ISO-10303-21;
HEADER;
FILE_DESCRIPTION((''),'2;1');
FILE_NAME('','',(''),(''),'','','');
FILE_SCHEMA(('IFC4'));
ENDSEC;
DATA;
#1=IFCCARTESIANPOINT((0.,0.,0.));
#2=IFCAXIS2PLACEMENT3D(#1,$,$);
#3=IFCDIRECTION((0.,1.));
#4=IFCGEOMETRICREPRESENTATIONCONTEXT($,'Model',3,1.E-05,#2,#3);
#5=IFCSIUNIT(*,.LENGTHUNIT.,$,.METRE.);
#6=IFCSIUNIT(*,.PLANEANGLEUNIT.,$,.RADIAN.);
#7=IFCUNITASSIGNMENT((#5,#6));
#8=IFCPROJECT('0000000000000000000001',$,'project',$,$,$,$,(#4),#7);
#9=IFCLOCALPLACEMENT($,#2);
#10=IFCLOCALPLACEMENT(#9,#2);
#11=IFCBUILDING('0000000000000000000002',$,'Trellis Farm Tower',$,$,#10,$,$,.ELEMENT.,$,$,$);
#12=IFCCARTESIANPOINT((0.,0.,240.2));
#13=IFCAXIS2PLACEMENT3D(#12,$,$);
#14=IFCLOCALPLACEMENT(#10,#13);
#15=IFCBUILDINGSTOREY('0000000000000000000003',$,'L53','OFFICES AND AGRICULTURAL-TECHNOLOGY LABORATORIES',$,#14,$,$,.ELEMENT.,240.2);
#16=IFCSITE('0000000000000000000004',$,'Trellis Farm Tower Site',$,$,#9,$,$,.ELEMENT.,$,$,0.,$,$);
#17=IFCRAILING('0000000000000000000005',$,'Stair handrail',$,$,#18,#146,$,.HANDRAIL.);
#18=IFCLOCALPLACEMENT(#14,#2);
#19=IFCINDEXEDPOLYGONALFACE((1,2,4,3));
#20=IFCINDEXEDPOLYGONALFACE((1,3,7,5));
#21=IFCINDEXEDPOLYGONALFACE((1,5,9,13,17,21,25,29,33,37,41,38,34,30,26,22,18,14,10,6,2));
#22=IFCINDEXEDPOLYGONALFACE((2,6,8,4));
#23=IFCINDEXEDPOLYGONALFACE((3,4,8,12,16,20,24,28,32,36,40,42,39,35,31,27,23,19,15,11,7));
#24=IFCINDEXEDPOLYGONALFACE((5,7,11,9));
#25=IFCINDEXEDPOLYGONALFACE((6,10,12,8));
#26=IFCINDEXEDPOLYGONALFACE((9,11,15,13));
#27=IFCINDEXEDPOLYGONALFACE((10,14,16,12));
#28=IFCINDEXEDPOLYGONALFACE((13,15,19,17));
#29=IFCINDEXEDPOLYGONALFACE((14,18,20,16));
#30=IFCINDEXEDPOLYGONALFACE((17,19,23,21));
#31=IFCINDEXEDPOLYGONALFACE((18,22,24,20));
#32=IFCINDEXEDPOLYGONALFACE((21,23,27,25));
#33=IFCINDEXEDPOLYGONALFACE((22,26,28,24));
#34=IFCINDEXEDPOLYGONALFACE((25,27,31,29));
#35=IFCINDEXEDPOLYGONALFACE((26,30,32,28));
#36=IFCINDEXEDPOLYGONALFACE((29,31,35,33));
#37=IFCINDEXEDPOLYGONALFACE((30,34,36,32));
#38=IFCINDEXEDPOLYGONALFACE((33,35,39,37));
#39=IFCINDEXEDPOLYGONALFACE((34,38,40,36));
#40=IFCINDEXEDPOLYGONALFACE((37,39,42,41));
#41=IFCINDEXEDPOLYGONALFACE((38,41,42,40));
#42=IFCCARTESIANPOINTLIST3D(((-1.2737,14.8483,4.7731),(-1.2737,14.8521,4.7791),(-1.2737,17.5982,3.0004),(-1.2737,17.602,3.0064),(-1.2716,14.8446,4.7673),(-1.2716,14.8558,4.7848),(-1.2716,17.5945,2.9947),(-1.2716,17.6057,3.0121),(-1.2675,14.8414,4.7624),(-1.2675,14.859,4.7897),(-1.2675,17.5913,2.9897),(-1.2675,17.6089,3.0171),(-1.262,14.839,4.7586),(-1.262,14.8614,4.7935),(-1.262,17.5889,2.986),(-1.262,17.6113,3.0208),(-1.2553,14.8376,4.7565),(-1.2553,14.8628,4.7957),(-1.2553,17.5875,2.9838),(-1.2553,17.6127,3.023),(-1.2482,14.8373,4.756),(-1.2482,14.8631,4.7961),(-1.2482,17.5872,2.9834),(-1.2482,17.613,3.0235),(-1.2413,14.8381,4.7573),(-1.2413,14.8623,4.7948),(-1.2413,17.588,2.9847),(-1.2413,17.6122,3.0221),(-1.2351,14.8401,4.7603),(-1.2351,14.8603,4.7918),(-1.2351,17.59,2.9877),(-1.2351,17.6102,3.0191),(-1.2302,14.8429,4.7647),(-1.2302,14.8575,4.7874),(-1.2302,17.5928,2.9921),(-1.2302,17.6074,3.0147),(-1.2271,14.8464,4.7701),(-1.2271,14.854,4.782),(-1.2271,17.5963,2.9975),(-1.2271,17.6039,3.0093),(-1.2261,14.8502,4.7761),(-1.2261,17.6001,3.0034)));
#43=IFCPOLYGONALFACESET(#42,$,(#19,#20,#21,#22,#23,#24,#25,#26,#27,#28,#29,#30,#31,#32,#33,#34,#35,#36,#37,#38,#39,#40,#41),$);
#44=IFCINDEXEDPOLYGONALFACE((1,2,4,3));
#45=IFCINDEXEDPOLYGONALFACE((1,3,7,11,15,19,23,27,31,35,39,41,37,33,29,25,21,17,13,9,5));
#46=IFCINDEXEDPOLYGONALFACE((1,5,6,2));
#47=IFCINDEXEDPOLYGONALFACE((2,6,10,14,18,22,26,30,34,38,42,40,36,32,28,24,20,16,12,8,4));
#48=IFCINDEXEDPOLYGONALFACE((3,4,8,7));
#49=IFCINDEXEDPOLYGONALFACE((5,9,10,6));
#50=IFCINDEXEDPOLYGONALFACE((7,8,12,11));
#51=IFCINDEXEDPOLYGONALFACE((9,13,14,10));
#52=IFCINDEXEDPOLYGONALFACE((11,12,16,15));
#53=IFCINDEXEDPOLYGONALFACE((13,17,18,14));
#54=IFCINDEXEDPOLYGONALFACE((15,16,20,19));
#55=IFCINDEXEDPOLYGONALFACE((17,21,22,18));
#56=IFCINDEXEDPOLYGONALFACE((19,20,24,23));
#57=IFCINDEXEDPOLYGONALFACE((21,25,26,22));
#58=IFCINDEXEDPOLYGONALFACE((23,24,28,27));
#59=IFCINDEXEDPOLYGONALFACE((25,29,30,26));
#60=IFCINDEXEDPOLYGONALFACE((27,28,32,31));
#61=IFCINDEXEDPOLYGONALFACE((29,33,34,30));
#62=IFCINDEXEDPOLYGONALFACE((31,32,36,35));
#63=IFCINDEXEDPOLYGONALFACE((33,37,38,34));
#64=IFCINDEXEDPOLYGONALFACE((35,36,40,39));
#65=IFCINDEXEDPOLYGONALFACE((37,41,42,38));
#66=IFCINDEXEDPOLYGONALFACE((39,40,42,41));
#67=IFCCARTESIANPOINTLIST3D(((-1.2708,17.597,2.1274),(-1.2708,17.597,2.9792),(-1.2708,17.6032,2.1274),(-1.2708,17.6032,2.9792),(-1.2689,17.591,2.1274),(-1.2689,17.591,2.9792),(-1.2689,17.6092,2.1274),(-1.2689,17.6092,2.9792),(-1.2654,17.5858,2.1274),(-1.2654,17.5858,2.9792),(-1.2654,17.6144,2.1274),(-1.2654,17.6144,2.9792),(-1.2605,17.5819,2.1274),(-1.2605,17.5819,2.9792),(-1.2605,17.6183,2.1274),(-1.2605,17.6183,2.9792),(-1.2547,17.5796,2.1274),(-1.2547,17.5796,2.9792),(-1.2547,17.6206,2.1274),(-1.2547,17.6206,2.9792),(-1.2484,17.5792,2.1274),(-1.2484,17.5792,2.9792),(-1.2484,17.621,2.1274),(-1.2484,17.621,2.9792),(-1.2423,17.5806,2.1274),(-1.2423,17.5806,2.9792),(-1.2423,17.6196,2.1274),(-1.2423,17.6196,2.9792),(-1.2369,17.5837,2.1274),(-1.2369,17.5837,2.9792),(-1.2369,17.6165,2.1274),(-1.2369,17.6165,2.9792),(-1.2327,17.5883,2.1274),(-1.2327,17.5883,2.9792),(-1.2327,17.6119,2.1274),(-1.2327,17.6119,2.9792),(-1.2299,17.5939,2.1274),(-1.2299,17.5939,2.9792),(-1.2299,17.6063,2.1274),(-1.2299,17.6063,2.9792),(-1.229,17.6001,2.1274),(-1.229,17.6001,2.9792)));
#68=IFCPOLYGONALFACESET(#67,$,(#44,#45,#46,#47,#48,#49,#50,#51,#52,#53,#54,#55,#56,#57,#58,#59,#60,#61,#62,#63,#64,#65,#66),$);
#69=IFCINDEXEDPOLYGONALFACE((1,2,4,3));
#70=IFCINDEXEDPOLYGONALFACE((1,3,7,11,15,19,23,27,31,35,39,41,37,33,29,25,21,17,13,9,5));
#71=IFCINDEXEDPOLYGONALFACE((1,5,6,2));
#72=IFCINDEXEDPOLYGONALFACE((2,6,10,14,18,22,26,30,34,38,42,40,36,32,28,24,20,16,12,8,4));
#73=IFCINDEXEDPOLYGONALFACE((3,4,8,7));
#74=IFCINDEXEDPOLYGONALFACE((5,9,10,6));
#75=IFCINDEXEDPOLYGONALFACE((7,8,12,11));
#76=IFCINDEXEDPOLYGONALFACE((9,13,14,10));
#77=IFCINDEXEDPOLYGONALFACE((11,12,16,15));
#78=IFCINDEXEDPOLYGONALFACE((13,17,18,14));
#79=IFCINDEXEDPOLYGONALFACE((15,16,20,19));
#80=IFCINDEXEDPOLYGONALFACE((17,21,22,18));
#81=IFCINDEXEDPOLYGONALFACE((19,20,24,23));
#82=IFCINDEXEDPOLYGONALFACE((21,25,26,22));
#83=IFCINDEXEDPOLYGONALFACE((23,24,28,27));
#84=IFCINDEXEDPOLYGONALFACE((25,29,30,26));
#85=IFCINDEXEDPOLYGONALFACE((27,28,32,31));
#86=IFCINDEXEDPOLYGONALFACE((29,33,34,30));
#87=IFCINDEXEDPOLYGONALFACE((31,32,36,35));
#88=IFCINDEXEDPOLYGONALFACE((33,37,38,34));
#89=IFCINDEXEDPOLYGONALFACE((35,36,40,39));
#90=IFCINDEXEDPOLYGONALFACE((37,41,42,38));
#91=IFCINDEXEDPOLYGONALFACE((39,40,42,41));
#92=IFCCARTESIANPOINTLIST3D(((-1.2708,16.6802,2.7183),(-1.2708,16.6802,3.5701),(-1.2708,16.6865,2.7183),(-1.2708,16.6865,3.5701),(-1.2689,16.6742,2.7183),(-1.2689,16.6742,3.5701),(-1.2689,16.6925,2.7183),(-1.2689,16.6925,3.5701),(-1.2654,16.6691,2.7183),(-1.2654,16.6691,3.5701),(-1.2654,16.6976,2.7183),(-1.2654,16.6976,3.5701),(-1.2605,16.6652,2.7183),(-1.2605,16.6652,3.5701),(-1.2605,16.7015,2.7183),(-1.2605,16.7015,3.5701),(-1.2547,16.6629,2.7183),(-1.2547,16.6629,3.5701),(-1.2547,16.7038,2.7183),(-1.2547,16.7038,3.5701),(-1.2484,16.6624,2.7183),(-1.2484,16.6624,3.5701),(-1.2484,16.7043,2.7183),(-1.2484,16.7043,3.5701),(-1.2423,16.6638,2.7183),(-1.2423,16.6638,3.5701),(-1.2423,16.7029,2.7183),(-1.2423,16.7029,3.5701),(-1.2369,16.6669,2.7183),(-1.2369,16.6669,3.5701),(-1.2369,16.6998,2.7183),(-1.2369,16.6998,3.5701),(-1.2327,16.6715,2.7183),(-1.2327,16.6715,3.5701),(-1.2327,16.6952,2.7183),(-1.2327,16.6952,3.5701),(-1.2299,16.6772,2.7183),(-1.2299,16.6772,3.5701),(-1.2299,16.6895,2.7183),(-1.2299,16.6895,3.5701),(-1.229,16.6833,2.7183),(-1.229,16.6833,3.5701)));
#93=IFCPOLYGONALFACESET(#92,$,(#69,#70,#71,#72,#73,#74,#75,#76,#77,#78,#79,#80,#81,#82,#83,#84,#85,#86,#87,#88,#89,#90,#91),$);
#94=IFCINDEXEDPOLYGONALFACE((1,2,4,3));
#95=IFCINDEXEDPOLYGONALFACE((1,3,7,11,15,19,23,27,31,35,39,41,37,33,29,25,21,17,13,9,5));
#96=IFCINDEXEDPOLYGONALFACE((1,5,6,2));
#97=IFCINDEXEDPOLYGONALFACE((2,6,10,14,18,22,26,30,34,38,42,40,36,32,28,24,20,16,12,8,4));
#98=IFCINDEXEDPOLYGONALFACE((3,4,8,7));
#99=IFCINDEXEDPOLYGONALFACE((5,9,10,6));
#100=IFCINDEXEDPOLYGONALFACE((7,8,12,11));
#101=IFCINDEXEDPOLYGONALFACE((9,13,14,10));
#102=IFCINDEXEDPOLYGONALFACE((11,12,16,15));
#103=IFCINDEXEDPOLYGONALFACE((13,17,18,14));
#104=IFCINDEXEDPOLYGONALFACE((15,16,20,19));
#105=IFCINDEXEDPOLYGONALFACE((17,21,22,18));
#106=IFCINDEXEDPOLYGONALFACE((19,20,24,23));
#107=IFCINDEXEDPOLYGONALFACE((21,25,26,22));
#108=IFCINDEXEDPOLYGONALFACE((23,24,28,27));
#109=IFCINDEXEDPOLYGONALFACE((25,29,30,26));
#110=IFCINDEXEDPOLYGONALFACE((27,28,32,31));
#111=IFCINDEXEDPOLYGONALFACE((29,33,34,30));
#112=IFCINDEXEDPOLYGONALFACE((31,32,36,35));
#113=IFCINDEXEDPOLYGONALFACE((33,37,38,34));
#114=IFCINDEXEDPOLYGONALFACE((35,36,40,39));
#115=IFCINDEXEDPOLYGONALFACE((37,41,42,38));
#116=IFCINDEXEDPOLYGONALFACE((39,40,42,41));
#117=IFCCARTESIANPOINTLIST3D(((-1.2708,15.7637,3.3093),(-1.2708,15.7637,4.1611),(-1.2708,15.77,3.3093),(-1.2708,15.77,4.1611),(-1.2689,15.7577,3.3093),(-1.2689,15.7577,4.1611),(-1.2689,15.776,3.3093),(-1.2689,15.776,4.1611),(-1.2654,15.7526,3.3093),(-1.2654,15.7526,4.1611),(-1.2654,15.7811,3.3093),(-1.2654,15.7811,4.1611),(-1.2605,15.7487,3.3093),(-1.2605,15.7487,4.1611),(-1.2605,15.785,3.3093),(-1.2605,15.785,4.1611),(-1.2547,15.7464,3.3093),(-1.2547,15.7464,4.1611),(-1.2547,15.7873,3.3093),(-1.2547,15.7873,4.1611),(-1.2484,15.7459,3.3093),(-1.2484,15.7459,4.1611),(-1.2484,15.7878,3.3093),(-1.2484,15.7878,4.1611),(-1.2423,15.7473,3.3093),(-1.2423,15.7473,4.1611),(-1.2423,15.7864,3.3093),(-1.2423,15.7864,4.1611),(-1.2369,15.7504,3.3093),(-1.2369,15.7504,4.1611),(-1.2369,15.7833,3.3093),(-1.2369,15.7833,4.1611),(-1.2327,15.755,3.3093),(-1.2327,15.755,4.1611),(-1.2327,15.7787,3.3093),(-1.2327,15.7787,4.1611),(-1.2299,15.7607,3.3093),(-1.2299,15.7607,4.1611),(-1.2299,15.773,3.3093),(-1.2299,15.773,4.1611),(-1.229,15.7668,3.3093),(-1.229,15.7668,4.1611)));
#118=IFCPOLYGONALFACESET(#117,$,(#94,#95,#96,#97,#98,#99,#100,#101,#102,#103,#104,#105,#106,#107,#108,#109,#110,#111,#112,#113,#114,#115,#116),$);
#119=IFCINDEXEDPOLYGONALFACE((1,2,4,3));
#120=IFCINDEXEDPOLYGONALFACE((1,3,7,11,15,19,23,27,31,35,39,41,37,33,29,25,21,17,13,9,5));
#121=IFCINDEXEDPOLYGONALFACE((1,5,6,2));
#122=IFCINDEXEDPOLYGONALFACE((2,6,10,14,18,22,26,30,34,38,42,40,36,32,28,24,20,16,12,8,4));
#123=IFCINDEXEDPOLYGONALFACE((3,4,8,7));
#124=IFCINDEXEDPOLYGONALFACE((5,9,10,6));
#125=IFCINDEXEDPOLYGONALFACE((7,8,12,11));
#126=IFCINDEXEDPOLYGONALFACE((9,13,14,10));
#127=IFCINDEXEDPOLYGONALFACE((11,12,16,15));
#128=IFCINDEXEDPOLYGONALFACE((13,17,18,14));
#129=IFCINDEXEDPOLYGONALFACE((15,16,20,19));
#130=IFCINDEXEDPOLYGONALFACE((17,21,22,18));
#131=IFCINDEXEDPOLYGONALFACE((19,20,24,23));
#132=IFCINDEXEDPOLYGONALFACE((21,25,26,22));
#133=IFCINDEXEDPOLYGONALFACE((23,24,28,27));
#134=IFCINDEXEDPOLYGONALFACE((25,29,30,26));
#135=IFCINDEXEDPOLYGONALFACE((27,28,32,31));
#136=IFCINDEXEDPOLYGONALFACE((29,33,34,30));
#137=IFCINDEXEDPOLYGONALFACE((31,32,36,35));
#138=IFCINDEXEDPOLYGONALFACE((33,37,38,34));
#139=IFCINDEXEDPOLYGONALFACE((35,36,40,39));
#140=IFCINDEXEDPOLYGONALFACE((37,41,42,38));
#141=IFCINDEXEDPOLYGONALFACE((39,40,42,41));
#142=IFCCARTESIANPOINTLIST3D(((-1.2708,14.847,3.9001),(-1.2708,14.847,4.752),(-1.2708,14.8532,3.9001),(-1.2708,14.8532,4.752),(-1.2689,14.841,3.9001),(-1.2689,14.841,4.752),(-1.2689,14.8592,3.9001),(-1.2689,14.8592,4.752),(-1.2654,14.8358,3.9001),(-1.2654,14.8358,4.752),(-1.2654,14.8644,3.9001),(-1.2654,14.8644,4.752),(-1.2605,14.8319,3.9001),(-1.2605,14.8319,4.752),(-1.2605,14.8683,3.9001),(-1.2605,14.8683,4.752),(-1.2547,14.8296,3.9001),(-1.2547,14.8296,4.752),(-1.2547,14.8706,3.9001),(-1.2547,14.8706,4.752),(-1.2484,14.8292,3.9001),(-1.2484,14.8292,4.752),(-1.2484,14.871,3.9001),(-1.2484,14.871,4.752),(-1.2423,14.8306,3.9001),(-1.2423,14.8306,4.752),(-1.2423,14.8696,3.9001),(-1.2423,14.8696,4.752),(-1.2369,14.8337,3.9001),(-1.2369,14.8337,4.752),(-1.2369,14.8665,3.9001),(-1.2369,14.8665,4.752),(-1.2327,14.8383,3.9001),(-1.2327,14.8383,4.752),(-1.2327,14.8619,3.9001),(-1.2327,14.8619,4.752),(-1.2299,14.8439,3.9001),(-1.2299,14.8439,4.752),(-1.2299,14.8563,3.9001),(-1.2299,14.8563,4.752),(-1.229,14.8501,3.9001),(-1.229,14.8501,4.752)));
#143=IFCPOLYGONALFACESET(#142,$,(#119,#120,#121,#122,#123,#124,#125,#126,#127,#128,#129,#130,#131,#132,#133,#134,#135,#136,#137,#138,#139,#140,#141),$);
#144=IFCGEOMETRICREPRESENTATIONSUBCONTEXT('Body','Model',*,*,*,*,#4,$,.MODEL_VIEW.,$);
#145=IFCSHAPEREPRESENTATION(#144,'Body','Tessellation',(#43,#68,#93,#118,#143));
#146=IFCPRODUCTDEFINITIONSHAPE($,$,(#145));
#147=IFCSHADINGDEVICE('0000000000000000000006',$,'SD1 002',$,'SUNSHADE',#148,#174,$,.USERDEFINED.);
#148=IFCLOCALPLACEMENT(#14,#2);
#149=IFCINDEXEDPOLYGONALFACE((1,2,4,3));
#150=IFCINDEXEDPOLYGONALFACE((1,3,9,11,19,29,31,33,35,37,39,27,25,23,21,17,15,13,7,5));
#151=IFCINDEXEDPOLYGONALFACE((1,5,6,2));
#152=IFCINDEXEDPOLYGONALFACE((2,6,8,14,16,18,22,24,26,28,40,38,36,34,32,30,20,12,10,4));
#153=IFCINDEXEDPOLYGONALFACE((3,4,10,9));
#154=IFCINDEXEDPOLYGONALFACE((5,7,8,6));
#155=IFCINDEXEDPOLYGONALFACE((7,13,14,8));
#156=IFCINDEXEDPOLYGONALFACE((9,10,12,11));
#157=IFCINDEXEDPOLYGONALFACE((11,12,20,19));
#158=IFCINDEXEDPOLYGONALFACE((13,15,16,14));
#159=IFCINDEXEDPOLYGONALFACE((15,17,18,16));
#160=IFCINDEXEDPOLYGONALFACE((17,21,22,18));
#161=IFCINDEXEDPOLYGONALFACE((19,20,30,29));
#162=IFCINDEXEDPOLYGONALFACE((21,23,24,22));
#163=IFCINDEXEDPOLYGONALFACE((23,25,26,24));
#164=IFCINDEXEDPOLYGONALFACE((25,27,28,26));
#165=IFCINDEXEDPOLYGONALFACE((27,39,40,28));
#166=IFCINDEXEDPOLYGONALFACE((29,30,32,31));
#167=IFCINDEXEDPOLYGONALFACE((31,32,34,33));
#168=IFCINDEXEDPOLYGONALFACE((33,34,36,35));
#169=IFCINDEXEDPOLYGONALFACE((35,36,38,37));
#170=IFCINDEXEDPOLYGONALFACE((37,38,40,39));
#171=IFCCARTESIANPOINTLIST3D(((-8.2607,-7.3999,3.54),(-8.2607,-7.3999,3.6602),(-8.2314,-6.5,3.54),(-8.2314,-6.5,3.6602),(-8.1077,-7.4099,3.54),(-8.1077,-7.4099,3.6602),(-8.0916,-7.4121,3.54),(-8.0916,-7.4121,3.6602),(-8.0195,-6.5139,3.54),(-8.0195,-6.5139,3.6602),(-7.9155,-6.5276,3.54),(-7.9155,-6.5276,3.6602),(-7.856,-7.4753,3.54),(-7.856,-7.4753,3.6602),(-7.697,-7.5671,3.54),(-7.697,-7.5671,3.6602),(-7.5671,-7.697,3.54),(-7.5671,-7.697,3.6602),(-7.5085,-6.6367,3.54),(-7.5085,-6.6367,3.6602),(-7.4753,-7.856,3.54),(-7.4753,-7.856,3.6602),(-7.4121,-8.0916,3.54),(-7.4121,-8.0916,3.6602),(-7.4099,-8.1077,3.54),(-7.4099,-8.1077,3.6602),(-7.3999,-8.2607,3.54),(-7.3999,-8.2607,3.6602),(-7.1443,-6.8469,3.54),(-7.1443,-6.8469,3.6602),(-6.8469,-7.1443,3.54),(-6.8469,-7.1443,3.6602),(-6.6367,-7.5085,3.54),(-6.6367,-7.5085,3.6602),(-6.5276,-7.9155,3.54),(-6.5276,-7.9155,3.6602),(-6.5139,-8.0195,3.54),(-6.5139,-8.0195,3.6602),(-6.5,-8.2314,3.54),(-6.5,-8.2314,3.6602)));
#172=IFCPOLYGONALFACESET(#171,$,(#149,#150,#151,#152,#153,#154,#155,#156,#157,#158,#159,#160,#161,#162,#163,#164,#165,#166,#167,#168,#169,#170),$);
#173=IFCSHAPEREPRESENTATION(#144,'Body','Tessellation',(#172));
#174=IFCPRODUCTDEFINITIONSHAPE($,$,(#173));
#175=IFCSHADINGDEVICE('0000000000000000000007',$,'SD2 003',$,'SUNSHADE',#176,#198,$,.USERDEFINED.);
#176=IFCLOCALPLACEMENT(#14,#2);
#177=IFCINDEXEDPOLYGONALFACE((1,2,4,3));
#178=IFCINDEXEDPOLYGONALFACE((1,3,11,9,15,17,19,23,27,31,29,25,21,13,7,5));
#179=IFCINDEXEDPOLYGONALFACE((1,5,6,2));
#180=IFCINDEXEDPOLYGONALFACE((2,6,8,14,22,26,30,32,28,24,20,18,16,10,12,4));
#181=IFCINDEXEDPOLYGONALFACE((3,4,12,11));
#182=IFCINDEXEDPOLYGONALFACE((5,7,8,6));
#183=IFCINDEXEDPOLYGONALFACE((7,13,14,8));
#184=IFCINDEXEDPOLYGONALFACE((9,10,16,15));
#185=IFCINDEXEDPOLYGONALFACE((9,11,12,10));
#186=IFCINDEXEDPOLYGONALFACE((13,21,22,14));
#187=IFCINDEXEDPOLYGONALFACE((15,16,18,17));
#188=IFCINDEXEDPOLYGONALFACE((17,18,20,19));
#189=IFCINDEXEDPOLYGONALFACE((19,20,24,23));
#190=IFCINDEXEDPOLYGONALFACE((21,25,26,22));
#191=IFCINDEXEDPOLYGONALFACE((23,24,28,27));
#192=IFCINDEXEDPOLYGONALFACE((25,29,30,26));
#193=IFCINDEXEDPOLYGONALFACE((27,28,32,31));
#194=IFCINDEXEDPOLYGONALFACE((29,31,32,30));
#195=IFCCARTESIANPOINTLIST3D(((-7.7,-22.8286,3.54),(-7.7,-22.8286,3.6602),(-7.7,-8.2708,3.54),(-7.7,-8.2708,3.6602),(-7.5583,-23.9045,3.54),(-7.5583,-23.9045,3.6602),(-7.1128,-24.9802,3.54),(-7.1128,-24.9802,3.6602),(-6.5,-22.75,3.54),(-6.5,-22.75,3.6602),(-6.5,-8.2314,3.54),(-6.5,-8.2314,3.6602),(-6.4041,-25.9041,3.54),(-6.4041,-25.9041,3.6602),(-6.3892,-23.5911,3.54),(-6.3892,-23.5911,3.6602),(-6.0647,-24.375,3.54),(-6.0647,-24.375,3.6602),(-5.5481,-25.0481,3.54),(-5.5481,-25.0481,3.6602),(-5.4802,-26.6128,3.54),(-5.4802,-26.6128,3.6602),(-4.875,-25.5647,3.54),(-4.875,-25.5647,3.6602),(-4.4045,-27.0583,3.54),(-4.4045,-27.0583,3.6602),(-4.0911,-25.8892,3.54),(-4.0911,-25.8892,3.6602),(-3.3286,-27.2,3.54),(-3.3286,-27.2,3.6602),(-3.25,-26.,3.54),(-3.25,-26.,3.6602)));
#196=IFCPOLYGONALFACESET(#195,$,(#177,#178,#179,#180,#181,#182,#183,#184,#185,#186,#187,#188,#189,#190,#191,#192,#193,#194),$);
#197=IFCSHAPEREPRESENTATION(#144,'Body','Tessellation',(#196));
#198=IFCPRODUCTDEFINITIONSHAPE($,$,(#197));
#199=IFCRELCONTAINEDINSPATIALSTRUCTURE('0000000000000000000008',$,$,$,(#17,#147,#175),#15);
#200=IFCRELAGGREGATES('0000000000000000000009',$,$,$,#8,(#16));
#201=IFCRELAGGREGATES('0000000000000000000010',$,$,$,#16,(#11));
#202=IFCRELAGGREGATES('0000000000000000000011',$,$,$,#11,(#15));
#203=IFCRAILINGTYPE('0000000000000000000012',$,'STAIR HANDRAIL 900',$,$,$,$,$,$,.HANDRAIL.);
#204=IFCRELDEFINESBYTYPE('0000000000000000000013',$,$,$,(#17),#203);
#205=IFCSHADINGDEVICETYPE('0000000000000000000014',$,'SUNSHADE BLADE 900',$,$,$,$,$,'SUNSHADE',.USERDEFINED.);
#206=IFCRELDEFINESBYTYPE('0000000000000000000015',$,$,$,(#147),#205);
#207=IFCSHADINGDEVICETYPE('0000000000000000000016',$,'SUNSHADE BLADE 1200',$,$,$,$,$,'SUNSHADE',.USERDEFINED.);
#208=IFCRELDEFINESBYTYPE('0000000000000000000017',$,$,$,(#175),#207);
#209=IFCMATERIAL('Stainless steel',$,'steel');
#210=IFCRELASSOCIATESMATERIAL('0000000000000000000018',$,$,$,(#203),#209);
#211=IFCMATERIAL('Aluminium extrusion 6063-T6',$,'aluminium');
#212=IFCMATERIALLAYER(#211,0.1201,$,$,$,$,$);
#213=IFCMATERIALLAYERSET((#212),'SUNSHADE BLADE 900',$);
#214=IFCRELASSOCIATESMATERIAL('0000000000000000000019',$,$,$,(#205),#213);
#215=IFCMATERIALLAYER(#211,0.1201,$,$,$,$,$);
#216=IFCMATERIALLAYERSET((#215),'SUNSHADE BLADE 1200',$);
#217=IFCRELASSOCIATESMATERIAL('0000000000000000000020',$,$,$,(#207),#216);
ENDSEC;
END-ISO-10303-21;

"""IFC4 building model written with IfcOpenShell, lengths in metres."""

from ifc_helpers import new_model, si_unit, direction, frame, origin, origin_2d, place, context, subcontext, project, spatial, polyline, circle, outline, extrude, source, transform, mapped, material, layer, layer_set, type_object, element, save


model = new_model("IFC4")

# Units and contexts
model_context = context("Model", 3, precision=1e-05, world=origin(), true_north=direction((0.0, 1.0)))
body_context = subcontext(model_context, "Body", "Model", "MODEL_VIEW")
ifc_project = project(units=[si_unit("LENGTHUNIT", "METRE"), si_unit("PLANEANGLEUNIT", "RADIAN")], contexts=[model_context])

# Site, building, storey
site_placement = place(None, origin())
site = spatial("IfcSite", under=ifc_project, at=site_placement, Name="Trellis Farm Tower Site", CompositionType="ELEMENT", RefElevation=0.0)
building_placement = place(site_placement, origin())
building = spatial("IfcBuilding", under=site, at=building_placement, Name="Trellis Farm Tower", CompositionType="ELEMENT")
storey_placement = place(building_placement, frame((0.0, 0.0, 240.2)))
storey = spatial("IfcBuildingStorey", under=building, at=storey_placement, Name="L53", Description="OFFICES AND AGRICULTURAL-TECHNOLOGY LABORATORIES", CompositionType="ELEMENT", Elevation=240.2)

# Shared definitions
ifc_material_1 = material(Name="Aluminium extrusion 6063-T6", Category="aluminium")

# Railing
ifc_material_2 = material(Name="Stainless steel", Category="steel")
railing_type = type_object("IfcRailingType", Name="STAIR HANDRAIL 900", PredefinedType="HANDRAIL", material=ifc_material_2)
shared_shape_1 = source(origin(), body_context, "Body", "SweptSolid", [
    extrude(circle(Radius=0.0239, at=origin_2d()), frame((0.0, 0.0, 0.876), z_axis=(0.0, -0.840504, 0.541806), x_axis=(1.0, 0.0, 0.0)), (0.0, 0.0, 1.0), 3.2717),
    extrude(circle(Radius=0.021, at=origin_2d()), origin(), (0.0, 0.0, 1.0), 0.8518),
    extrude(circle(Radius=0.021, at=origin_2d()), frame((0.0, -0.9167, 0.5908)), (0.0, 0.0, 1.0), 0.8518),
    extrude(circle(Radius=0.021, at=origin_2d()), frame((0.0, -1.8333, 1.1819)), (0.0, 0.0, 1.0), 0.8518),
    extrude(circle(Radius=0.021, at=origin_2d()), frame((0.0, -2.75, 1.7727)), (0.0, 0.0, 1.0), 0.8518),
])
railing_placement = place(storey_placement, frame((-1.25, 17.6001, 2.1274)))
element("IfcRailing", 1, at=railing_placement, inside=storey, type_object=railing_type, Name="Stair handrail", PredefinedType="HANDRAIL", context=body_context, shape_type="MappedRepresentation", body=[
    mapped(shared_shape_1, transform((0.0, 0.0, 0.0))),
])

# Shading devices
ifc_layer_1 = layer(ifc_material_1, 0.1201)
ifc_layer_set_1 = layer_set([ifc_layer_1], Name="SUNSHADE BLADE 900")
shading_device_type_1 = type_object("IfcShadingDeviceType", Name="SUNSHADE BLADE 900", ElementType="SUNSHADE", PredefinedType="USERDEFINED", material=ifc_layer_set_1)
shared_shape_2 = source(origin(), body_context, "Body", "SweptSolid", [
    extrude(outline(polyline([(-8.2607, -7.3999), (-8.1077, -7.4099), (-8.0916, -7.4121), (-7.856, -7.4753), (-7.697, -7.5671), (-7.5671, -7.697), (-7.4753, -7.856), (-7.4121, -8.0916), (-7.4099, -8.1077), (-7.3999, -8.2607), (-6.5, -8.2314), (-6.5139, -8.0195), (-6.5276, -7.9155), (-6.6367, -7.5085), (-6.8469, -7.1443), (-7.1443, -6.8469), (-7.5085, -6.6367), (-7.9155, -6.5276), (-8.0195, -6.5139), (-8.2314, -6.5), (-8.2607, -7.3999)])), origin(), (0.0, 0.0, 1.0), 0.1201),
])
placement_1 = place(storey_placement, frame((0.0, 0.0, 3.54)))
element("IfcShadingDevice", 2, at=placement_1, inside=storey, type_object=shading_device_type_1, Name="SD1 002", ObjectType="SUNSHADE", PredefinedType="USERDEFINED", context=body_context, shape_type="MappedRepresentation", body=[
    mapped(shared_shape_2, transform((0.0, 0.0, 0.0))),
])
ifc_layer_2 = layer(ifc_material_1, 0.1201)
ifc_layer_set_2 = layer_set([ifc_layer_2], Name="SUNSHADE BLADE 1200")
shading_device_type_2 = type_object("IfcShadingDeviceType", Name="SUNSHADE BLADE 1200", ElementType="SUNSHADE", PredefinedType="USERDEFINED", material=ifc_layer_set_2)
shared_shape_3 = source(origin(), body_context, "Body", "SweptSolid", [
    extrude(outline(polyline([(-7.7, -8.2708), (-7.7, -22.8286), (-7.5583, -23.9045), (-7.1128, -24.9802), (-6.4041, -25.9041), (-5.4802, -26.6128), (-4.4045, -27.0583), (-3.3286, -27.2), (-3.25, -26.0), (-4.0911, -25.8892), (-4.875, -25.5647), (-5.5481, -25.0481), (-6.0647, -24.375), (-6.3892, -23.5911), (-6.5, -22.75), (-6.5, -8.2314), (-7.7, -8.2708)])), origin(), (0.0, 0.0, 1.0), 0.1201),
])
element("IfcShadingDevice", 3, at=placement_1, inside=storey, type_object=shading_device_type_2, Name="SD2 003", ObjectType="SUNSHADE", PredefinedType="USERDEFINED", context=body_context, shape_type="MappedRepresentation", body=[
    mapped(shared_shape_3, transform((0.0, 0.0, 0.0))),
])

save(model, "model.ifc")
